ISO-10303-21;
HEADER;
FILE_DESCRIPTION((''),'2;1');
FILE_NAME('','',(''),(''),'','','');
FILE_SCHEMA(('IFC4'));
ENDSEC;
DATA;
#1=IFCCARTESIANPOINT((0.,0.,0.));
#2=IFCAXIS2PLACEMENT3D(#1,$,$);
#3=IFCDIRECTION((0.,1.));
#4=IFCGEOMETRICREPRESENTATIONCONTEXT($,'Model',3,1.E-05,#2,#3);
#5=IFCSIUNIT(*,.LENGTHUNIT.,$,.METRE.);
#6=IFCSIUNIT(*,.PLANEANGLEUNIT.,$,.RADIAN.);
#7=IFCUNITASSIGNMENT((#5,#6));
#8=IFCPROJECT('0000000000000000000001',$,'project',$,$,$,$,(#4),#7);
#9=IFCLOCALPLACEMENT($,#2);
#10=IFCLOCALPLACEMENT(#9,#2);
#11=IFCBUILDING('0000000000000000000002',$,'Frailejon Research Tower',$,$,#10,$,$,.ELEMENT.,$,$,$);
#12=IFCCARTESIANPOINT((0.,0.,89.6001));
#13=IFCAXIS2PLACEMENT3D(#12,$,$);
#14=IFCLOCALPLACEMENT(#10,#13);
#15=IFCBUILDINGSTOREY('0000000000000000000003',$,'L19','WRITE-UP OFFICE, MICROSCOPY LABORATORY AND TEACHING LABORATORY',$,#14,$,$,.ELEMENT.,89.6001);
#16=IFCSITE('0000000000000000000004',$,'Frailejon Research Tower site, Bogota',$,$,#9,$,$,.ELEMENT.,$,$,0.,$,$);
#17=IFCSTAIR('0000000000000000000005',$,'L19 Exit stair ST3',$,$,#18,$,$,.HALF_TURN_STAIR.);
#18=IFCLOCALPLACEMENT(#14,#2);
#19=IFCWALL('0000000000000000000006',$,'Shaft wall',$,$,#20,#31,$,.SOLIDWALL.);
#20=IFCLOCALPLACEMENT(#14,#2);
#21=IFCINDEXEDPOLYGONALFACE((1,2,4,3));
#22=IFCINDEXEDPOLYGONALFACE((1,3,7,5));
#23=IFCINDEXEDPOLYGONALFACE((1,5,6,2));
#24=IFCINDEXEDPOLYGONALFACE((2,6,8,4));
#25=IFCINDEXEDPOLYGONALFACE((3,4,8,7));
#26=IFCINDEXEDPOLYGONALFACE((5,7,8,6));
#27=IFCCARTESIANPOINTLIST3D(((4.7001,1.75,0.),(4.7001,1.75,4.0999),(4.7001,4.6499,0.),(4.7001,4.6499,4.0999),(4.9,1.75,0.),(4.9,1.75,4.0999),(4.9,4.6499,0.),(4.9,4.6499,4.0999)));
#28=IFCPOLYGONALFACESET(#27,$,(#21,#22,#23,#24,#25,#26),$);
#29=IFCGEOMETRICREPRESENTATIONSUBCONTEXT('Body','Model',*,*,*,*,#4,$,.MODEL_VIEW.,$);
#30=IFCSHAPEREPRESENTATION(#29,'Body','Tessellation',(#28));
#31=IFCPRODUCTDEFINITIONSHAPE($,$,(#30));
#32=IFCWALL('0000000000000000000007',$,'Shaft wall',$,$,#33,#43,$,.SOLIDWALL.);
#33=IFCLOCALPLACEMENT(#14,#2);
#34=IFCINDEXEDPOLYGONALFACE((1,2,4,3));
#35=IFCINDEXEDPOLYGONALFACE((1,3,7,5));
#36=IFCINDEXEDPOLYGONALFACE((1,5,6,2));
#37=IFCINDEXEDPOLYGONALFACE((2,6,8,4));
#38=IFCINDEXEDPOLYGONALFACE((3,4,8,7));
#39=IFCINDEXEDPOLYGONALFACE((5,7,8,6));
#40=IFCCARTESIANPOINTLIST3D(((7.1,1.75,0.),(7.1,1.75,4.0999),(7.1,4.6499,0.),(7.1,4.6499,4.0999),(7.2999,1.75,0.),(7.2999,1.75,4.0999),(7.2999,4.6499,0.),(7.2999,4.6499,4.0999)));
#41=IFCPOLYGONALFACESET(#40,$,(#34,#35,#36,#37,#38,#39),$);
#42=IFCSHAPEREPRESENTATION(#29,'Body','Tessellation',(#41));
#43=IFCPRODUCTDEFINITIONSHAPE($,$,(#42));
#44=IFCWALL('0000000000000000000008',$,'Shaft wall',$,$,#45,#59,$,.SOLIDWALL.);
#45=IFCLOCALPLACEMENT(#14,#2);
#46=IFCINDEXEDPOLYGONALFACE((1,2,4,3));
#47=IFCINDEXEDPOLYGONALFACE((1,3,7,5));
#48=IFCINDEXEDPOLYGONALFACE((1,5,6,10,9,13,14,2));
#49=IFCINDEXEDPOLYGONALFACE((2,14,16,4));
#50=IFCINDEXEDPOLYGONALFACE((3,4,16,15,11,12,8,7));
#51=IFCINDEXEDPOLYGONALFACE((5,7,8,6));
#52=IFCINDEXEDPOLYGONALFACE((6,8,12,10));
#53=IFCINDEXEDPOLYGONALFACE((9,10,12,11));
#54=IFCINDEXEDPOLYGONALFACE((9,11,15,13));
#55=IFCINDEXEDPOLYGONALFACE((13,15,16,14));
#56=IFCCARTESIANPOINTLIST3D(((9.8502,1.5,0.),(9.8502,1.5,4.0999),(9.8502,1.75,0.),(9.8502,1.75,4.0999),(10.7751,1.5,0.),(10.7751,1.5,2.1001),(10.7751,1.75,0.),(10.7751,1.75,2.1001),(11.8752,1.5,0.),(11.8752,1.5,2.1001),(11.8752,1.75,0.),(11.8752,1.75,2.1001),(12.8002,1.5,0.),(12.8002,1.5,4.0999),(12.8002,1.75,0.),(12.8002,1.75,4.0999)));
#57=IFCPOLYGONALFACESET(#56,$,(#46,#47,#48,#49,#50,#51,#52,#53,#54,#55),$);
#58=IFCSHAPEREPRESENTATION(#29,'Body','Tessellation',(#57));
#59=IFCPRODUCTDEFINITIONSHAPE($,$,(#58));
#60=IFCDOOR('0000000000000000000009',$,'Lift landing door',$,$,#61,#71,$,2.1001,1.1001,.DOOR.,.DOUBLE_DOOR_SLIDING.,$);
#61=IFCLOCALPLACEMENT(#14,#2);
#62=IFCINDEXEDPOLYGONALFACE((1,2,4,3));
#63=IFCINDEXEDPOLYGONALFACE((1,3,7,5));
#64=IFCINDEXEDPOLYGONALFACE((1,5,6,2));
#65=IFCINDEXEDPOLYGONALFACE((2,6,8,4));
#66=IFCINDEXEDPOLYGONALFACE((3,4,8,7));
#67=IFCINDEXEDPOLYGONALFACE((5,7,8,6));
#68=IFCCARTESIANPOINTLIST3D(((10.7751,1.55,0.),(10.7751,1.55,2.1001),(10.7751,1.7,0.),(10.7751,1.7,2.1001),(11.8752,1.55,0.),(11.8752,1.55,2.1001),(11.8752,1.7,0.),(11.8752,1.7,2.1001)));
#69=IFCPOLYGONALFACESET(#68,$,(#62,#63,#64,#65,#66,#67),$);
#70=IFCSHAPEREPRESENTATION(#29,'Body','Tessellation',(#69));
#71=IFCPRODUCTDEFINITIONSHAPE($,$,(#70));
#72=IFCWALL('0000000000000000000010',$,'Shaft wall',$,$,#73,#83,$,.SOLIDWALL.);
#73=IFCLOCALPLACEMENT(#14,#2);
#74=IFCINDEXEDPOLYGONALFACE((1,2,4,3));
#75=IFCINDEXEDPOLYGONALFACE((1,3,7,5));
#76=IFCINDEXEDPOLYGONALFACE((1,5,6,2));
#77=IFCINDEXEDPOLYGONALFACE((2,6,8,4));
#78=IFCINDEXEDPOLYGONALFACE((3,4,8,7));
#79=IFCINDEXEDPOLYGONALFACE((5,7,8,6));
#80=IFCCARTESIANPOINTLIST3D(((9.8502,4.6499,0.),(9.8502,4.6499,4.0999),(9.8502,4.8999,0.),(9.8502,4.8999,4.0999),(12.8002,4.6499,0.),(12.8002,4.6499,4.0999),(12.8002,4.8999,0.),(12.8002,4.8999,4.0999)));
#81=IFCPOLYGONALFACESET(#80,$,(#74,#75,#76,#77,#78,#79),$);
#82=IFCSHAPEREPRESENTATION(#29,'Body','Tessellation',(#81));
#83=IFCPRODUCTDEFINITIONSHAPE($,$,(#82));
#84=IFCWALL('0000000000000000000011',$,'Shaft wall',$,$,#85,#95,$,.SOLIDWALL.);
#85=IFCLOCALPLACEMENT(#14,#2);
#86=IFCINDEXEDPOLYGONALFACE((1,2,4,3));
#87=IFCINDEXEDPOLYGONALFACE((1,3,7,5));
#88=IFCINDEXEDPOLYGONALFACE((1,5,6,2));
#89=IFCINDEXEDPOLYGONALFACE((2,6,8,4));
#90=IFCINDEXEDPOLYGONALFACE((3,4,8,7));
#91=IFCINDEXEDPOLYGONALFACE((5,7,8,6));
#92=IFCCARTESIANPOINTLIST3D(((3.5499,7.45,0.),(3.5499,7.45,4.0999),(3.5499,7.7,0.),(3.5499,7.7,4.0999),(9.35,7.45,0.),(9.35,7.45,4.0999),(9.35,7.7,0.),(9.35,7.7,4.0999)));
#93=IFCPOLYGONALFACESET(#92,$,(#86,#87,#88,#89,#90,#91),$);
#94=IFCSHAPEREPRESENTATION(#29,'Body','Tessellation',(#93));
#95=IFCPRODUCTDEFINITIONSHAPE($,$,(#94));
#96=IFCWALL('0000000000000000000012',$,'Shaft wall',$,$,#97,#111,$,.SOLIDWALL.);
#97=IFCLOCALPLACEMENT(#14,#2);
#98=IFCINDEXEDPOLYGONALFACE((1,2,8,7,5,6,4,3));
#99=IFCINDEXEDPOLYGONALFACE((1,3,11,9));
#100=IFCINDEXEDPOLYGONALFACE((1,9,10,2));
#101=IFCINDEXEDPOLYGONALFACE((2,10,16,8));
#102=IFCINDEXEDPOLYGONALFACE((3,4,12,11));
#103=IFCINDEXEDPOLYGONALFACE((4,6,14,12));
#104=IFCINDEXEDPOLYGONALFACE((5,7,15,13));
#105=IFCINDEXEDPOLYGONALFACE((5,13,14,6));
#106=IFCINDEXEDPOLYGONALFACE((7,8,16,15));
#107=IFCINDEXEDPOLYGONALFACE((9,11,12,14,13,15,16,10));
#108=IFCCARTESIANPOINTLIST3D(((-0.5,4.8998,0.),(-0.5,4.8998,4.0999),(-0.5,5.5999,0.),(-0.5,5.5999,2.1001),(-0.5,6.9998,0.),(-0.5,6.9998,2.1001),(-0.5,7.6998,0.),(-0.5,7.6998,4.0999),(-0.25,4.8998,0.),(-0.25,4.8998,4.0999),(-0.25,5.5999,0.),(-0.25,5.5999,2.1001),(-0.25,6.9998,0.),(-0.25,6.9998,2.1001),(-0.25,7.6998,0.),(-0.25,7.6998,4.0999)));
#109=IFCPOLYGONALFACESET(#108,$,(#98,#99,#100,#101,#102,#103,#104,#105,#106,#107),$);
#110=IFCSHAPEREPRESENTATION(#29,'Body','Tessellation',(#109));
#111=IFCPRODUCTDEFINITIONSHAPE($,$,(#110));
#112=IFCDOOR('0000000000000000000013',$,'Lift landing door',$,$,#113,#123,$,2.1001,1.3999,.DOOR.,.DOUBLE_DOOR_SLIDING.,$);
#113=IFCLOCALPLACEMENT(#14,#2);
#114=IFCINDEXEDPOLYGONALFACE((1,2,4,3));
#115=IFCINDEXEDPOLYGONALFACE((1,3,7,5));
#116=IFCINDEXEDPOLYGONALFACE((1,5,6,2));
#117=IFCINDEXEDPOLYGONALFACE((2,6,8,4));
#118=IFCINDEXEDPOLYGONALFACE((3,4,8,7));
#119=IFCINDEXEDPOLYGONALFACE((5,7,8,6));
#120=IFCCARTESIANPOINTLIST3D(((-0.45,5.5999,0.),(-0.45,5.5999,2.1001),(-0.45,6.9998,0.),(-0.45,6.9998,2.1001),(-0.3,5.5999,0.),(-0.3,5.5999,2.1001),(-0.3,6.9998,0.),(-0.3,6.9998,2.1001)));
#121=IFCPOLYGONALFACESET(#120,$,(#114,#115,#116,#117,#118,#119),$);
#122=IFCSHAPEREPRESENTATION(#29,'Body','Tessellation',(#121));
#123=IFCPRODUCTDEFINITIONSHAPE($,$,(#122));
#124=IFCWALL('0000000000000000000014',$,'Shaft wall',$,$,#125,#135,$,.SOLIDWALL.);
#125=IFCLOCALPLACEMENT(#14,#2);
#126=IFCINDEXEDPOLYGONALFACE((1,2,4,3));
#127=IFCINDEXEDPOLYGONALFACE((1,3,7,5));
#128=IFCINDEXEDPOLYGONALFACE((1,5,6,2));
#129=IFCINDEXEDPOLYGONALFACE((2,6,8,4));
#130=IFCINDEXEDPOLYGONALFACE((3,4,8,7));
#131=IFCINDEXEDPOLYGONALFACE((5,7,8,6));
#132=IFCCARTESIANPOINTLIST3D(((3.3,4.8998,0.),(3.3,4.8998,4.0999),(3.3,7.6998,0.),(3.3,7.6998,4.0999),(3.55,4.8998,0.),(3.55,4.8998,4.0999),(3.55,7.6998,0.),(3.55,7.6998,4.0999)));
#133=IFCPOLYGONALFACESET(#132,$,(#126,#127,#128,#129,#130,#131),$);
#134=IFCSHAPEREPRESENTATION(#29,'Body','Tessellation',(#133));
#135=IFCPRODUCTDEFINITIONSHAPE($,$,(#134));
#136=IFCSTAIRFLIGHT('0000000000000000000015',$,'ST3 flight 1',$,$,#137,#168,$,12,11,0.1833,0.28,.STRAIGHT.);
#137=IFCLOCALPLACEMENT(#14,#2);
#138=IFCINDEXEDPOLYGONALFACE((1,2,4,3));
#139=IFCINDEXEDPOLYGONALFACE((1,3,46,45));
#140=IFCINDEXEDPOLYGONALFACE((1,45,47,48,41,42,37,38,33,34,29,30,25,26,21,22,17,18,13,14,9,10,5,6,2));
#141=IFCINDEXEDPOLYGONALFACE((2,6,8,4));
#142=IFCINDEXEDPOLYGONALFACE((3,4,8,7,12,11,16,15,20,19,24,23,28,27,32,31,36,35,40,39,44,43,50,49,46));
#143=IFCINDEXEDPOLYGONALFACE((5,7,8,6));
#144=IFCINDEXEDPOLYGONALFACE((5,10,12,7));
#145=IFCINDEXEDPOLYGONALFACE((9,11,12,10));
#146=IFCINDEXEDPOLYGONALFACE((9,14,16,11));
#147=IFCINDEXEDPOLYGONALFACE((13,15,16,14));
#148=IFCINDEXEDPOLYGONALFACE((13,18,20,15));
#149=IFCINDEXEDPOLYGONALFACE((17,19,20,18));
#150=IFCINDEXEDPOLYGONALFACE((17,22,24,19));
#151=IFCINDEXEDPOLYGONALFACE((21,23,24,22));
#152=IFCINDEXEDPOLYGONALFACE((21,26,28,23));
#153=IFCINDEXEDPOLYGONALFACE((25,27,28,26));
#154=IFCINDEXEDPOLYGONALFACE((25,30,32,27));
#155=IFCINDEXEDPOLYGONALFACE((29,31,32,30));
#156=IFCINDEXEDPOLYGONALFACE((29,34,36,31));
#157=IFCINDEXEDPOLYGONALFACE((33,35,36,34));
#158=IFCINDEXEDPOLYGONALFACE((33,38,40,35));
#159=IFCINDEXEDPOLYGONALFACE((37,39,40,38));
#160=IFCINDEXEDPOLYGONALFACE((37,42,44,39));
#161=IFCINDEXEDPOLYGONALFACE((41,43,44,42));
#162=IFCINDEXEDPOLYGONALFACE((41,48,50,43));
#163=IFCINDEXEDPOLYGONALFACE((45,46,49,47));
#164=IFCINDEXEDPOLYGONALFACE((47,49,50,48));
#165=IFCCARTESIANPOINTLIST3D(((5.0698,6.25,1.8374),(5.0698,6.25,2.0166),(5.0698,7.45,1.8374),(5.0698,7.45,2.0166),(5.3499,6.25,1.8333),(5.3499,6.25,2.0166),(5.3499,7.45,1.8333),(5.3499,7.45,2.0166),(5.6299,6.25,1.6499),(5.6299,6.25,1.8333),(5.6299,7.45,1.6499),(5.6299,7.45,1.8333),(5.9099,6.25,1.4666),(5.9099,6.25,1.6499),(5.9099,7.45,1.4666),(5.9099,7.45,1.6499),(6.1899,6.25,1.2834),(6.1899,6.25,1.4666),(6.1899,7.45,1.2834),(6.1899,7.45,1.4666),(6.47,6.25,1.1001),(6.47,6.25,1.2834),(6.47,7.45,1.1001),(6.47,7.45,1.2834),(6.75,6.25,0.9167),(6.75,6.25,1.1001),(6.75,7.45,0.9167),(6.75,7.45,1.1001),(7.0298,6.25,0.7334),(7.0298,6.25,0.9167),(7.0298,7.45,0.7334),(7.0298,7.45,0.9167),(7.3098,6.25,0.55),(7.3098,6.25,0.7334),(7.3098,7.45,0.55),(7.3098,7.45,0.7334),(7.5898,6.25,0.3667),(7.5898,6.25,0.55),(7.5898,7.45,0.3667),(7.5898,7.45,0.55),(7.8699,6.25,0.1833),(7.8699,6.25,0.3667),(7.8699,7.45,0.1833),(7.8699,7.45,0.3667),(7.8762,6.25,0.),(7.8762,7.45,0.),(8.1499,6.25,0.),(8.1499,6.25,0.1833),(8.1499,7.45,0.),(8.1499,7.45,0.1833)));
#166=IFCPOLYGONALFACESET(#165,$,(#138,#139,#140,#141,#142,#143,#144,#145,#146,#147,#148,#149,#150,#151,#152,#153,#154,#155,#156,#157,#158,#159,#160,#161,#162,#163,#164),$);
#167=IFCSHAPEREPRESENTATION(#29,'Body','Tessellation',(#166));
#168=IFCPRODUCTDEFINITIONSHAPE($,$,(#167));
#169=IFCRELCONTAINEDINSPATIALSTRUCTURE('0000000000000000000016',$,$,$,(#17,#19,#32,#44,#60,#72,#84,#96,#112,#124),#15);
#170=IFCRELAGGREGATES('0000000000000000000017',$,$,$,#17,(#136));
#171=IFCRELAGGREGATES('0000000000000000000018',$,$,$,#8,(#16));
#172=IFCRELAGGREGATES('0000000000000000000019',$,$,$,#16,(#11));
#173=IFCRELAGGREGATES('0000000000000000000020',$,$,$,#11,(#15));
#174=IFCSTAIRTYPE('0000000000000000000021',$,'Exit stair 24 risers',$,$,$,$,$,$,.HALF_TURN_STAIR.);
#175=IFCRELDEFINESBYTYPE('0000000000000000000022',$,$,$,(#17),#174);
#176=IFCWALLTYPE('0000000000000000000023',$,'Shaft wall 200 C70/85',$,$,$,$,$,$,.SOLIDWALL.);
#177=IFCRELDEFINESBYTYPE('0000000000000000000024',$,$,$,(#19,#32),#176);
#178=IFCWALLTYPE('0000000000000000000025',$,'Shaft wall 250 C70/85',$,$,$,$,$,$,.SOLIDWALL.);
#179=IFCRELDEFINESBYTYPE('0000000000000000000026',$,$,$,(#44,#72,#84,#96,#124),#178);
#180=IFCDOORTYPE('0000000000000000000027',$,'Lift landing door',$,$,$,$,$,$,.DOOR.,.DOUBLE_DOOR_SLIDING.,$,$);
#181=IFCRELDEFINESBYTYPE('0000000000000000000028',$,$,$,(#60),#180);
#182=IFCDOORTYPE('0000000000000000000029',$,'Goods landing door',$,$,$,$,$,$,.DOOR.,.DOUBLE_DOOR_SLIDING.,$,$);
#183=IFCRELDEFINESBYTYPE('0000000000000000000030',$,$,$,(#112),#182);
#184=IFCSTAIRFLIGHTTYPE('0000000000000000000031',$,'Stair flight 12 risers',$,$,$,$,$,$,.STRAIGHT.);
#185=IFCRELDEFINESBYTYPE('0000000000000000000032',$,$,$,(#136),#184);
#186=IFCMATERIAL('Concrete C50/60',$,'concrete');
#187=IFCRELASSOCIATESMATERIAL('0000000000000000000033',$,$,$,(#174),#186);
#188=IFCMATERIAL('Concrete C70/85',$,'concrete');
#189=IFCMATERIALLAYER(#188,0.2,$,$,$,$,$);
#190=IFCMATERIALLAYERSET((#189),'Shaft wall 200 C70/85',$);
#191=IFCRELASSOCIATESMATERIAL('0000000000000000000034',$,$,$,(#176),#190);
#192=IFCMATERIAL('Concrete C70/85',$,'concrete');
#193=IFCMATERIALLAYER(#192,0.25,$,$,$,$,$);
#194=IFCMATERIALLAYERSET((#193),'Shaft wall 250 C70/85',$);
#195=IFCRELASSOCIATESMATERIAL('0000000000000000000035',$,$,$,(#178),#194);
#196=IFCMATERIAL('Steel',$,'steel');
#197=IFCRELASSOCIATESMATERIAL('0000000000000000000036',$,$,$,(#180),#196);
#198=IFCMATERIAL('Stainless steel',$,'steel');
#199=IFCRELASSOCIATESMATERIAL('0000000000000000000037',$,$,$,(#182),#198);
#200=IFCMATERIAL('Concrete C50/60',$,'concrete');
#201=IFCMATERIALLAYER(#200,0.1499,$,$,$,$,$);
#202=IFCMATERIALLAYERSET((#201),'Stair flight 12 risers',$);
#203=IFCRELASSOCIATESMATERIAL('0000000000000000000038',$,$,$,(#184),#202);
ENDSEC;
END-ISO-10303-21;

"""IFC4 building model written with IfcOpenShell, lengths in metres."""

from ifc_helpers import new_model, si_unit, direction, frame, frame_2d, origin, place, context, subcontext, project, spatial, polyline, rectangle, outline, extrude, material, layer, layer_set, type_object, element, fill, aggregate, save


model = new_model("IFC4")

# Units and contexts
model_context = context("Model", 3, precision=1e-05, world=origin(), true_north=direction((0.0, 1.0)))
body_context = subcontext(model_context, "Body", "Model", "MODEL_VIEW")
ifc_project = project(units=[si_unit("LENGTHUNIT", "METRE"), si_unit("PLANEANGLEUNIT", "RADIAN")], contexts=[model_context])

# Site, building, storey
site_placement = place(None, origin())
site = spatial("IfcSite", under=ifc_project, at=site_placement, Name="Frailejon Research Tower site, Bogota", CompositionType="ELEMENT", RefElevation=0.0)
building_placement = place(site_placement, origin())
building = spatial("IfcBuilding", under=site, at=building_placement, Name="Frailejon Research Tower", CompositionType="ELEMENT")
storey_placement = place(building_placement, frame((0.0, 0.0, 89.6001)))
storey = spatial("IfcBuildingStorey", under=building, at=storey_placement, Name="L19", Description="WRITE-UP OFFICE, MICROSCOPY LABORATORY AND TEACHING LABORATORY", CompositionType="ELEMENT", Elevation=89.6001)

# Stair
ifc_material_1 = material(Name="Concrete C50/60", Category="concrete")
stair_type = type_object("IfcStairType", Name="Exit stair 24 risers", PredefinedType="HALF_TURN_STAIR", material=ifc_material_1)
stair_1_placement = place(storey_placement, origin())
stair_1 = element("IfcStair", 1, at=stair_1_placement, inside=storey, type_object=stair_type, Name="L19 Exit stair ST3", PredefinedType="HALF_TURN_STAIR")

# Walls
ifc_material_2 = material(Name="Concrete C70/85", Category="concrete")
ifc_layer_1 = layer(ifc_material_2, 0.2)
ifc_layer_set_1 = layer_set([ifc_layer_1], Name="Shaft wall 200 C70/85")
wall_type_1 = type_object("IfcWallType", Name="Shaft wall 200 C70/85", PredefinedType="SOLIDWALL", material=ifc_layer_set_1)
for number, where, z_axis, x_axis, name in (
    (2, (4.8, 1.75, 0.0), (0.0, 0.0, 1.0), (0.0, 1.0, 0.0), "Shaft wall"),
    (3, (7.2, 1.75, 0.0), (0.0, 0.0, 1.0), (0.0, 1.0, 0.0), "Shaft wall"),
):
    element("IfcWall", number, at=place(storey_placement, frame(where, z_axis=z_axis, x_axis=x_axis)), inside=storey, type_object=wall_type_1, Name=name, PredefinedType="SOLIDWALL", context=body_context, shape_type="SweptSolid", body=[
        extrude(rectangle(XDim=2.8999, YDim=0.2, at=frame_2d((1.45, 0.0))), origin(), (0.0, 0.0, 1.0), 4.0999),
    ])

# Wall, opening, door
ifc_material_3 = material(Name="Concrete C70/85", Category="concrete")
ifc_layer_2 = layer(ifc_material_3, 0.25)
ifc_layer_set_2 = layer_set([ifc_layer_2], Name="Shaft wall 250 C70/85")
wall_type_2 = type_object("IfcWallType", Name="Shaft wall 250 C70/85", PredefinedType="SOLIDWALL", material=ifc_layer_set_2)
wall_1_placement = place(storey_placement, frame((9.8501, 1.625, 0.0), z_axis=(0.0, 0.0, 1.0), x_axis=(1.0, 0.0, 0.0)))
wall_1 = element("IfcWall", 4, at=wall_1_placement, inside=storey, type_object=wall_type_2, Name="Shaft wall", PredefinedType="SOLIDWALL", context=body_context, shape_type="SweptSolid", body=[
    extrude(rectangle(XDim=2.95, YDim=0.25, at=frame_2d((1.4751, 0.0))), origin(), (0.0, 0.0, 1.0), 4.0999),
])
opening_1_placement = place(wall_1_placement, frame((0.925, 0.0, 0.0)))
opening_1 = element("IfcOpeningElement", 5, at=opening_1_placement, cuts=wall_1, PredefinedType="OPENING", context=body_context, shape_type="SweptSolid", body=[
    extrude(rectangle(XDim=1.1001, YDim=2.1001, at=frame_2d((0.55, 1.05))), frame((0.0, 0.135, 0.0), z_axis=(0.0, -1.0, 0.0), x_axis=(1.0, 0.0, 0.0)), (0.0, 0.0, 1.0), 0.27),
])
ifc_material_4 = material(Name="Steel", Category="steel")
door_type_1 = type_object("IfcDoorType", Name="Lift landing door", OperationType="DOUBLE_DOOR_SLIDING", PredefinedType="DOOR", material=ifc_material_4)
door_1_placement = place(opening_1_placement, origin())
door_1 = element("IfcDoor", 6, at=door_1_placement, inside=storey, type_object=door_type_1, Name="Lift landing door", OperationType="DOUBLE_DOOR_SLIDING", OverallHeight=2.1001, OverallWidth=1.1001, PredefinedType="DOOR", context=body_context, shape_type="SweptSolid", body=[
    extrude(rectangle(XDim=1.1001, YDim=2.1001, at=frame_2d((0.55, 1.05))), frame((0.0, 0.075, 0.0), z_axis=(0.0, -1.0, 0.0), x_axis=(1.0, 0.0, 0.0)), (0.0, 0.0, 1.0), 0.1499),
])
fill(opening_1, door_1)

# Walls
wall_2_placement = place(storey_placement, frame((9.8501, 4.7749, 0.0), z_axis=(0.0, 0.0, 1.0), x_axis=(1.0, 0.0, 0.0)))
element("IfcWall", 7, at=wall_2_placement, inside=storey, type_object=wall_type_2, Name="Shaft wall", PredefinedType="SOLIDWALL", context=body_context, shape_type="SweptSolid", body=[
    extrude(rectangle(XDim=2.95, YDim=0.25, at=frame_2d((1.4751, 0.0))), origin(), (0.0, 0.0, 1.0), 4.0999),
])
wall_3_placement = place(storey_placement, frame((3.55, 7.575, 0.0), z_axis=(0.0, 0.0, 1.0), x_axis=(1.0, 0.0, 0.0)))
element("IfcWall", 8, at=wall_3_placement, inside=storey, type_object=wall_type_2, Name="Shaft wall", PredefinedType="SOLIDWALL", context=body_context, shape_type="SweptSolid", body=[
    extrude(rectangle(XDim=5.8, YDim=0.25, at=frame_2d((2.8999, 0.0))), origin(), (0.0, 0.0, 1.0), 4.0999),
])

# Wall, opening, door
wall_4_placement = place(storey_placement, frame((-0.375, 4.8999, 0.0), z_axis=(0.0, 0.0, 1.0), x_axis=(0.0, 1.0, 0.0)))
wall_4 = element("IfcWall", 9, at=wall_4_placement, inside=storey, type_object=wall_type_2, Name="Shaft wall", PredefinedType="SOLIDWALL", context=body_context, shape_type="SweptSolid", body=[
    extrude(rectangle(XDim=2.8, YDim=0.25, at=frame_2d((1.3999, 0.0))), origin(), (0.0, 0.0, 1.0), 4.0999),
])
opening_2_placement = place(wall_4_placement, frame((0.7, 0.0, 0.0)))
opening_2 = element("IfcOpeningElement", 10, at=opening_2_placement, cuts=wall_4, PredefinedType="OPENING", context=body_context, shape_type="SweptSolid", body=[
    extrude(rectangle(XDim=1.3999, YDim=2.1001, at=frame_2d((0.7, 1.05))), frame((0.0, 0.135, 0.0), z_axis=(0.0, -1.0, 0.0), x_axis=(1.0, 0.0, 0.0)), (0.0, 0.0, 1.0), 0.27),
])
ifc_material_5 = material(Name="Stainless steel", Category="steel")
door_type_2 = type_object("IfcDoorType", Name="Goods landing door", OperationType="DOUBLE_DOOR_SLIDING", PredefinedType="DOOR", material=ifc_material_5)
door_2_placement = place(opening_2_placement, origin())
door_2 = element("IfcDoor", 11, at=door_2_placement, inside=storey, type_object=door_type_2, Name="Lift landing door", OperationType="DOUBLE_DOOR_SLIDING", OverallHeight=2.1001, OverallWidth=1.3999, PredefinedType="DOOR", context=body_context, shape_type="SweptSolid", body=[
    extrude(rectangle(XDim=1.3999, YDim=2.1001, at=frame_2d((0.7, 1.05))), frame((0.0, 0.075, 0.0), z_axis=(0.0, -1.0, 0.0), x_axis=(1.0, 0.0, 0.0)), (0.0, 0.0, 1.0), 0.1499),
])
fill(opening_2, door_2)

# Wall
wall_5_placement = place(storey_placement, frame((3.425, 4.8999, 0.0), z_axis=(0.0, 0.0, 1.0), x_axis=(0.0, 1.0, 0.0)))
element("IfcWall", 12, at=wall_5_placement, inside=storey, type_object=wall_type_2, Name="Shaft wall", PredefinedType="SOLIDWALL", context=body_context, shape_type="SweptSolid", body=[
    extrude(rectangle(XDim=2.8, YDim=0.25, at=frame_2d((1.3999, 0.0))), origin(), (0.0, 0.0, 1.0), 4.0999),
])

# Stair flight
ifc_material_6 = material(Name="Concrete C50/60", Category="concrete")
ifc_layer_3 = layer(ifc_material_6, 0.1499)
ifc_layer_set_3 = layer_set([ifc_layer_3], Name="Stair flight 12 risers")
stair_flight_type = type_object("IfcStairFlightType", Name="Stair flight 12 risers", PredefinedType="STRAIGHT", material=ifc_layer_set_3)
stair_flight_1_placement = place(storey_placement, frame((8.1499, 6.8501, 0.0), z_axis=(0.0, 0.0, 1.0), x_axis=(-1.0, 0.0, 0.0)))
stair_flight_1 = element("IfcStairFlight", 13, at=stair_flight_1_placement, type_object=stair_flight_type, Name="ST3 flight 1", NumberOfRisers=12, NumberOfTreads=11, PredefinedType="STRAIGHT", RiserHeight=0.1833, TreadLength=0.28, context=body_context, shape_type="SweptSolid", body=[
    extrude(outline(polyline([(0.0, 0.0), (0.0, 0.1833), (0.28, 0.1833), (0.28, 0.3667), (0.5601, 0.3667), (0.5601, 0.55), (0.8401, 0.55), (0.8401, 0.7334), (1.1201, 0.7334), (1.1201, 0.9167), (1.3999, 0.9167), (1.3999, 1.1001), (1.6799, 1.1001), (1.6799, 1.2834), (1.96, 1.2834), (1.96, 1.4666), (2.24, 1.4666), (2.24, 1.6499), (2.52, 1.6499), (2.52, 1.8333), (2.8, 1.8333), (2.8, 2.0166), (3.0801, 2.0166), (3.0801, 2.2), (3.0801, 1.8374), (0.2737, 0.0), (0.0, 0.0)])), frame((0.0, 0.6001, 0.0), z_axis=(0.0, -1.0, 0.0), x_axis=(1.0, 0.0, 0.0)), (0.0, 0.0, 1.0), 1.2),
])
aggregate(stair_1, [stair_flight_1])

save(model, "model.ifc")
